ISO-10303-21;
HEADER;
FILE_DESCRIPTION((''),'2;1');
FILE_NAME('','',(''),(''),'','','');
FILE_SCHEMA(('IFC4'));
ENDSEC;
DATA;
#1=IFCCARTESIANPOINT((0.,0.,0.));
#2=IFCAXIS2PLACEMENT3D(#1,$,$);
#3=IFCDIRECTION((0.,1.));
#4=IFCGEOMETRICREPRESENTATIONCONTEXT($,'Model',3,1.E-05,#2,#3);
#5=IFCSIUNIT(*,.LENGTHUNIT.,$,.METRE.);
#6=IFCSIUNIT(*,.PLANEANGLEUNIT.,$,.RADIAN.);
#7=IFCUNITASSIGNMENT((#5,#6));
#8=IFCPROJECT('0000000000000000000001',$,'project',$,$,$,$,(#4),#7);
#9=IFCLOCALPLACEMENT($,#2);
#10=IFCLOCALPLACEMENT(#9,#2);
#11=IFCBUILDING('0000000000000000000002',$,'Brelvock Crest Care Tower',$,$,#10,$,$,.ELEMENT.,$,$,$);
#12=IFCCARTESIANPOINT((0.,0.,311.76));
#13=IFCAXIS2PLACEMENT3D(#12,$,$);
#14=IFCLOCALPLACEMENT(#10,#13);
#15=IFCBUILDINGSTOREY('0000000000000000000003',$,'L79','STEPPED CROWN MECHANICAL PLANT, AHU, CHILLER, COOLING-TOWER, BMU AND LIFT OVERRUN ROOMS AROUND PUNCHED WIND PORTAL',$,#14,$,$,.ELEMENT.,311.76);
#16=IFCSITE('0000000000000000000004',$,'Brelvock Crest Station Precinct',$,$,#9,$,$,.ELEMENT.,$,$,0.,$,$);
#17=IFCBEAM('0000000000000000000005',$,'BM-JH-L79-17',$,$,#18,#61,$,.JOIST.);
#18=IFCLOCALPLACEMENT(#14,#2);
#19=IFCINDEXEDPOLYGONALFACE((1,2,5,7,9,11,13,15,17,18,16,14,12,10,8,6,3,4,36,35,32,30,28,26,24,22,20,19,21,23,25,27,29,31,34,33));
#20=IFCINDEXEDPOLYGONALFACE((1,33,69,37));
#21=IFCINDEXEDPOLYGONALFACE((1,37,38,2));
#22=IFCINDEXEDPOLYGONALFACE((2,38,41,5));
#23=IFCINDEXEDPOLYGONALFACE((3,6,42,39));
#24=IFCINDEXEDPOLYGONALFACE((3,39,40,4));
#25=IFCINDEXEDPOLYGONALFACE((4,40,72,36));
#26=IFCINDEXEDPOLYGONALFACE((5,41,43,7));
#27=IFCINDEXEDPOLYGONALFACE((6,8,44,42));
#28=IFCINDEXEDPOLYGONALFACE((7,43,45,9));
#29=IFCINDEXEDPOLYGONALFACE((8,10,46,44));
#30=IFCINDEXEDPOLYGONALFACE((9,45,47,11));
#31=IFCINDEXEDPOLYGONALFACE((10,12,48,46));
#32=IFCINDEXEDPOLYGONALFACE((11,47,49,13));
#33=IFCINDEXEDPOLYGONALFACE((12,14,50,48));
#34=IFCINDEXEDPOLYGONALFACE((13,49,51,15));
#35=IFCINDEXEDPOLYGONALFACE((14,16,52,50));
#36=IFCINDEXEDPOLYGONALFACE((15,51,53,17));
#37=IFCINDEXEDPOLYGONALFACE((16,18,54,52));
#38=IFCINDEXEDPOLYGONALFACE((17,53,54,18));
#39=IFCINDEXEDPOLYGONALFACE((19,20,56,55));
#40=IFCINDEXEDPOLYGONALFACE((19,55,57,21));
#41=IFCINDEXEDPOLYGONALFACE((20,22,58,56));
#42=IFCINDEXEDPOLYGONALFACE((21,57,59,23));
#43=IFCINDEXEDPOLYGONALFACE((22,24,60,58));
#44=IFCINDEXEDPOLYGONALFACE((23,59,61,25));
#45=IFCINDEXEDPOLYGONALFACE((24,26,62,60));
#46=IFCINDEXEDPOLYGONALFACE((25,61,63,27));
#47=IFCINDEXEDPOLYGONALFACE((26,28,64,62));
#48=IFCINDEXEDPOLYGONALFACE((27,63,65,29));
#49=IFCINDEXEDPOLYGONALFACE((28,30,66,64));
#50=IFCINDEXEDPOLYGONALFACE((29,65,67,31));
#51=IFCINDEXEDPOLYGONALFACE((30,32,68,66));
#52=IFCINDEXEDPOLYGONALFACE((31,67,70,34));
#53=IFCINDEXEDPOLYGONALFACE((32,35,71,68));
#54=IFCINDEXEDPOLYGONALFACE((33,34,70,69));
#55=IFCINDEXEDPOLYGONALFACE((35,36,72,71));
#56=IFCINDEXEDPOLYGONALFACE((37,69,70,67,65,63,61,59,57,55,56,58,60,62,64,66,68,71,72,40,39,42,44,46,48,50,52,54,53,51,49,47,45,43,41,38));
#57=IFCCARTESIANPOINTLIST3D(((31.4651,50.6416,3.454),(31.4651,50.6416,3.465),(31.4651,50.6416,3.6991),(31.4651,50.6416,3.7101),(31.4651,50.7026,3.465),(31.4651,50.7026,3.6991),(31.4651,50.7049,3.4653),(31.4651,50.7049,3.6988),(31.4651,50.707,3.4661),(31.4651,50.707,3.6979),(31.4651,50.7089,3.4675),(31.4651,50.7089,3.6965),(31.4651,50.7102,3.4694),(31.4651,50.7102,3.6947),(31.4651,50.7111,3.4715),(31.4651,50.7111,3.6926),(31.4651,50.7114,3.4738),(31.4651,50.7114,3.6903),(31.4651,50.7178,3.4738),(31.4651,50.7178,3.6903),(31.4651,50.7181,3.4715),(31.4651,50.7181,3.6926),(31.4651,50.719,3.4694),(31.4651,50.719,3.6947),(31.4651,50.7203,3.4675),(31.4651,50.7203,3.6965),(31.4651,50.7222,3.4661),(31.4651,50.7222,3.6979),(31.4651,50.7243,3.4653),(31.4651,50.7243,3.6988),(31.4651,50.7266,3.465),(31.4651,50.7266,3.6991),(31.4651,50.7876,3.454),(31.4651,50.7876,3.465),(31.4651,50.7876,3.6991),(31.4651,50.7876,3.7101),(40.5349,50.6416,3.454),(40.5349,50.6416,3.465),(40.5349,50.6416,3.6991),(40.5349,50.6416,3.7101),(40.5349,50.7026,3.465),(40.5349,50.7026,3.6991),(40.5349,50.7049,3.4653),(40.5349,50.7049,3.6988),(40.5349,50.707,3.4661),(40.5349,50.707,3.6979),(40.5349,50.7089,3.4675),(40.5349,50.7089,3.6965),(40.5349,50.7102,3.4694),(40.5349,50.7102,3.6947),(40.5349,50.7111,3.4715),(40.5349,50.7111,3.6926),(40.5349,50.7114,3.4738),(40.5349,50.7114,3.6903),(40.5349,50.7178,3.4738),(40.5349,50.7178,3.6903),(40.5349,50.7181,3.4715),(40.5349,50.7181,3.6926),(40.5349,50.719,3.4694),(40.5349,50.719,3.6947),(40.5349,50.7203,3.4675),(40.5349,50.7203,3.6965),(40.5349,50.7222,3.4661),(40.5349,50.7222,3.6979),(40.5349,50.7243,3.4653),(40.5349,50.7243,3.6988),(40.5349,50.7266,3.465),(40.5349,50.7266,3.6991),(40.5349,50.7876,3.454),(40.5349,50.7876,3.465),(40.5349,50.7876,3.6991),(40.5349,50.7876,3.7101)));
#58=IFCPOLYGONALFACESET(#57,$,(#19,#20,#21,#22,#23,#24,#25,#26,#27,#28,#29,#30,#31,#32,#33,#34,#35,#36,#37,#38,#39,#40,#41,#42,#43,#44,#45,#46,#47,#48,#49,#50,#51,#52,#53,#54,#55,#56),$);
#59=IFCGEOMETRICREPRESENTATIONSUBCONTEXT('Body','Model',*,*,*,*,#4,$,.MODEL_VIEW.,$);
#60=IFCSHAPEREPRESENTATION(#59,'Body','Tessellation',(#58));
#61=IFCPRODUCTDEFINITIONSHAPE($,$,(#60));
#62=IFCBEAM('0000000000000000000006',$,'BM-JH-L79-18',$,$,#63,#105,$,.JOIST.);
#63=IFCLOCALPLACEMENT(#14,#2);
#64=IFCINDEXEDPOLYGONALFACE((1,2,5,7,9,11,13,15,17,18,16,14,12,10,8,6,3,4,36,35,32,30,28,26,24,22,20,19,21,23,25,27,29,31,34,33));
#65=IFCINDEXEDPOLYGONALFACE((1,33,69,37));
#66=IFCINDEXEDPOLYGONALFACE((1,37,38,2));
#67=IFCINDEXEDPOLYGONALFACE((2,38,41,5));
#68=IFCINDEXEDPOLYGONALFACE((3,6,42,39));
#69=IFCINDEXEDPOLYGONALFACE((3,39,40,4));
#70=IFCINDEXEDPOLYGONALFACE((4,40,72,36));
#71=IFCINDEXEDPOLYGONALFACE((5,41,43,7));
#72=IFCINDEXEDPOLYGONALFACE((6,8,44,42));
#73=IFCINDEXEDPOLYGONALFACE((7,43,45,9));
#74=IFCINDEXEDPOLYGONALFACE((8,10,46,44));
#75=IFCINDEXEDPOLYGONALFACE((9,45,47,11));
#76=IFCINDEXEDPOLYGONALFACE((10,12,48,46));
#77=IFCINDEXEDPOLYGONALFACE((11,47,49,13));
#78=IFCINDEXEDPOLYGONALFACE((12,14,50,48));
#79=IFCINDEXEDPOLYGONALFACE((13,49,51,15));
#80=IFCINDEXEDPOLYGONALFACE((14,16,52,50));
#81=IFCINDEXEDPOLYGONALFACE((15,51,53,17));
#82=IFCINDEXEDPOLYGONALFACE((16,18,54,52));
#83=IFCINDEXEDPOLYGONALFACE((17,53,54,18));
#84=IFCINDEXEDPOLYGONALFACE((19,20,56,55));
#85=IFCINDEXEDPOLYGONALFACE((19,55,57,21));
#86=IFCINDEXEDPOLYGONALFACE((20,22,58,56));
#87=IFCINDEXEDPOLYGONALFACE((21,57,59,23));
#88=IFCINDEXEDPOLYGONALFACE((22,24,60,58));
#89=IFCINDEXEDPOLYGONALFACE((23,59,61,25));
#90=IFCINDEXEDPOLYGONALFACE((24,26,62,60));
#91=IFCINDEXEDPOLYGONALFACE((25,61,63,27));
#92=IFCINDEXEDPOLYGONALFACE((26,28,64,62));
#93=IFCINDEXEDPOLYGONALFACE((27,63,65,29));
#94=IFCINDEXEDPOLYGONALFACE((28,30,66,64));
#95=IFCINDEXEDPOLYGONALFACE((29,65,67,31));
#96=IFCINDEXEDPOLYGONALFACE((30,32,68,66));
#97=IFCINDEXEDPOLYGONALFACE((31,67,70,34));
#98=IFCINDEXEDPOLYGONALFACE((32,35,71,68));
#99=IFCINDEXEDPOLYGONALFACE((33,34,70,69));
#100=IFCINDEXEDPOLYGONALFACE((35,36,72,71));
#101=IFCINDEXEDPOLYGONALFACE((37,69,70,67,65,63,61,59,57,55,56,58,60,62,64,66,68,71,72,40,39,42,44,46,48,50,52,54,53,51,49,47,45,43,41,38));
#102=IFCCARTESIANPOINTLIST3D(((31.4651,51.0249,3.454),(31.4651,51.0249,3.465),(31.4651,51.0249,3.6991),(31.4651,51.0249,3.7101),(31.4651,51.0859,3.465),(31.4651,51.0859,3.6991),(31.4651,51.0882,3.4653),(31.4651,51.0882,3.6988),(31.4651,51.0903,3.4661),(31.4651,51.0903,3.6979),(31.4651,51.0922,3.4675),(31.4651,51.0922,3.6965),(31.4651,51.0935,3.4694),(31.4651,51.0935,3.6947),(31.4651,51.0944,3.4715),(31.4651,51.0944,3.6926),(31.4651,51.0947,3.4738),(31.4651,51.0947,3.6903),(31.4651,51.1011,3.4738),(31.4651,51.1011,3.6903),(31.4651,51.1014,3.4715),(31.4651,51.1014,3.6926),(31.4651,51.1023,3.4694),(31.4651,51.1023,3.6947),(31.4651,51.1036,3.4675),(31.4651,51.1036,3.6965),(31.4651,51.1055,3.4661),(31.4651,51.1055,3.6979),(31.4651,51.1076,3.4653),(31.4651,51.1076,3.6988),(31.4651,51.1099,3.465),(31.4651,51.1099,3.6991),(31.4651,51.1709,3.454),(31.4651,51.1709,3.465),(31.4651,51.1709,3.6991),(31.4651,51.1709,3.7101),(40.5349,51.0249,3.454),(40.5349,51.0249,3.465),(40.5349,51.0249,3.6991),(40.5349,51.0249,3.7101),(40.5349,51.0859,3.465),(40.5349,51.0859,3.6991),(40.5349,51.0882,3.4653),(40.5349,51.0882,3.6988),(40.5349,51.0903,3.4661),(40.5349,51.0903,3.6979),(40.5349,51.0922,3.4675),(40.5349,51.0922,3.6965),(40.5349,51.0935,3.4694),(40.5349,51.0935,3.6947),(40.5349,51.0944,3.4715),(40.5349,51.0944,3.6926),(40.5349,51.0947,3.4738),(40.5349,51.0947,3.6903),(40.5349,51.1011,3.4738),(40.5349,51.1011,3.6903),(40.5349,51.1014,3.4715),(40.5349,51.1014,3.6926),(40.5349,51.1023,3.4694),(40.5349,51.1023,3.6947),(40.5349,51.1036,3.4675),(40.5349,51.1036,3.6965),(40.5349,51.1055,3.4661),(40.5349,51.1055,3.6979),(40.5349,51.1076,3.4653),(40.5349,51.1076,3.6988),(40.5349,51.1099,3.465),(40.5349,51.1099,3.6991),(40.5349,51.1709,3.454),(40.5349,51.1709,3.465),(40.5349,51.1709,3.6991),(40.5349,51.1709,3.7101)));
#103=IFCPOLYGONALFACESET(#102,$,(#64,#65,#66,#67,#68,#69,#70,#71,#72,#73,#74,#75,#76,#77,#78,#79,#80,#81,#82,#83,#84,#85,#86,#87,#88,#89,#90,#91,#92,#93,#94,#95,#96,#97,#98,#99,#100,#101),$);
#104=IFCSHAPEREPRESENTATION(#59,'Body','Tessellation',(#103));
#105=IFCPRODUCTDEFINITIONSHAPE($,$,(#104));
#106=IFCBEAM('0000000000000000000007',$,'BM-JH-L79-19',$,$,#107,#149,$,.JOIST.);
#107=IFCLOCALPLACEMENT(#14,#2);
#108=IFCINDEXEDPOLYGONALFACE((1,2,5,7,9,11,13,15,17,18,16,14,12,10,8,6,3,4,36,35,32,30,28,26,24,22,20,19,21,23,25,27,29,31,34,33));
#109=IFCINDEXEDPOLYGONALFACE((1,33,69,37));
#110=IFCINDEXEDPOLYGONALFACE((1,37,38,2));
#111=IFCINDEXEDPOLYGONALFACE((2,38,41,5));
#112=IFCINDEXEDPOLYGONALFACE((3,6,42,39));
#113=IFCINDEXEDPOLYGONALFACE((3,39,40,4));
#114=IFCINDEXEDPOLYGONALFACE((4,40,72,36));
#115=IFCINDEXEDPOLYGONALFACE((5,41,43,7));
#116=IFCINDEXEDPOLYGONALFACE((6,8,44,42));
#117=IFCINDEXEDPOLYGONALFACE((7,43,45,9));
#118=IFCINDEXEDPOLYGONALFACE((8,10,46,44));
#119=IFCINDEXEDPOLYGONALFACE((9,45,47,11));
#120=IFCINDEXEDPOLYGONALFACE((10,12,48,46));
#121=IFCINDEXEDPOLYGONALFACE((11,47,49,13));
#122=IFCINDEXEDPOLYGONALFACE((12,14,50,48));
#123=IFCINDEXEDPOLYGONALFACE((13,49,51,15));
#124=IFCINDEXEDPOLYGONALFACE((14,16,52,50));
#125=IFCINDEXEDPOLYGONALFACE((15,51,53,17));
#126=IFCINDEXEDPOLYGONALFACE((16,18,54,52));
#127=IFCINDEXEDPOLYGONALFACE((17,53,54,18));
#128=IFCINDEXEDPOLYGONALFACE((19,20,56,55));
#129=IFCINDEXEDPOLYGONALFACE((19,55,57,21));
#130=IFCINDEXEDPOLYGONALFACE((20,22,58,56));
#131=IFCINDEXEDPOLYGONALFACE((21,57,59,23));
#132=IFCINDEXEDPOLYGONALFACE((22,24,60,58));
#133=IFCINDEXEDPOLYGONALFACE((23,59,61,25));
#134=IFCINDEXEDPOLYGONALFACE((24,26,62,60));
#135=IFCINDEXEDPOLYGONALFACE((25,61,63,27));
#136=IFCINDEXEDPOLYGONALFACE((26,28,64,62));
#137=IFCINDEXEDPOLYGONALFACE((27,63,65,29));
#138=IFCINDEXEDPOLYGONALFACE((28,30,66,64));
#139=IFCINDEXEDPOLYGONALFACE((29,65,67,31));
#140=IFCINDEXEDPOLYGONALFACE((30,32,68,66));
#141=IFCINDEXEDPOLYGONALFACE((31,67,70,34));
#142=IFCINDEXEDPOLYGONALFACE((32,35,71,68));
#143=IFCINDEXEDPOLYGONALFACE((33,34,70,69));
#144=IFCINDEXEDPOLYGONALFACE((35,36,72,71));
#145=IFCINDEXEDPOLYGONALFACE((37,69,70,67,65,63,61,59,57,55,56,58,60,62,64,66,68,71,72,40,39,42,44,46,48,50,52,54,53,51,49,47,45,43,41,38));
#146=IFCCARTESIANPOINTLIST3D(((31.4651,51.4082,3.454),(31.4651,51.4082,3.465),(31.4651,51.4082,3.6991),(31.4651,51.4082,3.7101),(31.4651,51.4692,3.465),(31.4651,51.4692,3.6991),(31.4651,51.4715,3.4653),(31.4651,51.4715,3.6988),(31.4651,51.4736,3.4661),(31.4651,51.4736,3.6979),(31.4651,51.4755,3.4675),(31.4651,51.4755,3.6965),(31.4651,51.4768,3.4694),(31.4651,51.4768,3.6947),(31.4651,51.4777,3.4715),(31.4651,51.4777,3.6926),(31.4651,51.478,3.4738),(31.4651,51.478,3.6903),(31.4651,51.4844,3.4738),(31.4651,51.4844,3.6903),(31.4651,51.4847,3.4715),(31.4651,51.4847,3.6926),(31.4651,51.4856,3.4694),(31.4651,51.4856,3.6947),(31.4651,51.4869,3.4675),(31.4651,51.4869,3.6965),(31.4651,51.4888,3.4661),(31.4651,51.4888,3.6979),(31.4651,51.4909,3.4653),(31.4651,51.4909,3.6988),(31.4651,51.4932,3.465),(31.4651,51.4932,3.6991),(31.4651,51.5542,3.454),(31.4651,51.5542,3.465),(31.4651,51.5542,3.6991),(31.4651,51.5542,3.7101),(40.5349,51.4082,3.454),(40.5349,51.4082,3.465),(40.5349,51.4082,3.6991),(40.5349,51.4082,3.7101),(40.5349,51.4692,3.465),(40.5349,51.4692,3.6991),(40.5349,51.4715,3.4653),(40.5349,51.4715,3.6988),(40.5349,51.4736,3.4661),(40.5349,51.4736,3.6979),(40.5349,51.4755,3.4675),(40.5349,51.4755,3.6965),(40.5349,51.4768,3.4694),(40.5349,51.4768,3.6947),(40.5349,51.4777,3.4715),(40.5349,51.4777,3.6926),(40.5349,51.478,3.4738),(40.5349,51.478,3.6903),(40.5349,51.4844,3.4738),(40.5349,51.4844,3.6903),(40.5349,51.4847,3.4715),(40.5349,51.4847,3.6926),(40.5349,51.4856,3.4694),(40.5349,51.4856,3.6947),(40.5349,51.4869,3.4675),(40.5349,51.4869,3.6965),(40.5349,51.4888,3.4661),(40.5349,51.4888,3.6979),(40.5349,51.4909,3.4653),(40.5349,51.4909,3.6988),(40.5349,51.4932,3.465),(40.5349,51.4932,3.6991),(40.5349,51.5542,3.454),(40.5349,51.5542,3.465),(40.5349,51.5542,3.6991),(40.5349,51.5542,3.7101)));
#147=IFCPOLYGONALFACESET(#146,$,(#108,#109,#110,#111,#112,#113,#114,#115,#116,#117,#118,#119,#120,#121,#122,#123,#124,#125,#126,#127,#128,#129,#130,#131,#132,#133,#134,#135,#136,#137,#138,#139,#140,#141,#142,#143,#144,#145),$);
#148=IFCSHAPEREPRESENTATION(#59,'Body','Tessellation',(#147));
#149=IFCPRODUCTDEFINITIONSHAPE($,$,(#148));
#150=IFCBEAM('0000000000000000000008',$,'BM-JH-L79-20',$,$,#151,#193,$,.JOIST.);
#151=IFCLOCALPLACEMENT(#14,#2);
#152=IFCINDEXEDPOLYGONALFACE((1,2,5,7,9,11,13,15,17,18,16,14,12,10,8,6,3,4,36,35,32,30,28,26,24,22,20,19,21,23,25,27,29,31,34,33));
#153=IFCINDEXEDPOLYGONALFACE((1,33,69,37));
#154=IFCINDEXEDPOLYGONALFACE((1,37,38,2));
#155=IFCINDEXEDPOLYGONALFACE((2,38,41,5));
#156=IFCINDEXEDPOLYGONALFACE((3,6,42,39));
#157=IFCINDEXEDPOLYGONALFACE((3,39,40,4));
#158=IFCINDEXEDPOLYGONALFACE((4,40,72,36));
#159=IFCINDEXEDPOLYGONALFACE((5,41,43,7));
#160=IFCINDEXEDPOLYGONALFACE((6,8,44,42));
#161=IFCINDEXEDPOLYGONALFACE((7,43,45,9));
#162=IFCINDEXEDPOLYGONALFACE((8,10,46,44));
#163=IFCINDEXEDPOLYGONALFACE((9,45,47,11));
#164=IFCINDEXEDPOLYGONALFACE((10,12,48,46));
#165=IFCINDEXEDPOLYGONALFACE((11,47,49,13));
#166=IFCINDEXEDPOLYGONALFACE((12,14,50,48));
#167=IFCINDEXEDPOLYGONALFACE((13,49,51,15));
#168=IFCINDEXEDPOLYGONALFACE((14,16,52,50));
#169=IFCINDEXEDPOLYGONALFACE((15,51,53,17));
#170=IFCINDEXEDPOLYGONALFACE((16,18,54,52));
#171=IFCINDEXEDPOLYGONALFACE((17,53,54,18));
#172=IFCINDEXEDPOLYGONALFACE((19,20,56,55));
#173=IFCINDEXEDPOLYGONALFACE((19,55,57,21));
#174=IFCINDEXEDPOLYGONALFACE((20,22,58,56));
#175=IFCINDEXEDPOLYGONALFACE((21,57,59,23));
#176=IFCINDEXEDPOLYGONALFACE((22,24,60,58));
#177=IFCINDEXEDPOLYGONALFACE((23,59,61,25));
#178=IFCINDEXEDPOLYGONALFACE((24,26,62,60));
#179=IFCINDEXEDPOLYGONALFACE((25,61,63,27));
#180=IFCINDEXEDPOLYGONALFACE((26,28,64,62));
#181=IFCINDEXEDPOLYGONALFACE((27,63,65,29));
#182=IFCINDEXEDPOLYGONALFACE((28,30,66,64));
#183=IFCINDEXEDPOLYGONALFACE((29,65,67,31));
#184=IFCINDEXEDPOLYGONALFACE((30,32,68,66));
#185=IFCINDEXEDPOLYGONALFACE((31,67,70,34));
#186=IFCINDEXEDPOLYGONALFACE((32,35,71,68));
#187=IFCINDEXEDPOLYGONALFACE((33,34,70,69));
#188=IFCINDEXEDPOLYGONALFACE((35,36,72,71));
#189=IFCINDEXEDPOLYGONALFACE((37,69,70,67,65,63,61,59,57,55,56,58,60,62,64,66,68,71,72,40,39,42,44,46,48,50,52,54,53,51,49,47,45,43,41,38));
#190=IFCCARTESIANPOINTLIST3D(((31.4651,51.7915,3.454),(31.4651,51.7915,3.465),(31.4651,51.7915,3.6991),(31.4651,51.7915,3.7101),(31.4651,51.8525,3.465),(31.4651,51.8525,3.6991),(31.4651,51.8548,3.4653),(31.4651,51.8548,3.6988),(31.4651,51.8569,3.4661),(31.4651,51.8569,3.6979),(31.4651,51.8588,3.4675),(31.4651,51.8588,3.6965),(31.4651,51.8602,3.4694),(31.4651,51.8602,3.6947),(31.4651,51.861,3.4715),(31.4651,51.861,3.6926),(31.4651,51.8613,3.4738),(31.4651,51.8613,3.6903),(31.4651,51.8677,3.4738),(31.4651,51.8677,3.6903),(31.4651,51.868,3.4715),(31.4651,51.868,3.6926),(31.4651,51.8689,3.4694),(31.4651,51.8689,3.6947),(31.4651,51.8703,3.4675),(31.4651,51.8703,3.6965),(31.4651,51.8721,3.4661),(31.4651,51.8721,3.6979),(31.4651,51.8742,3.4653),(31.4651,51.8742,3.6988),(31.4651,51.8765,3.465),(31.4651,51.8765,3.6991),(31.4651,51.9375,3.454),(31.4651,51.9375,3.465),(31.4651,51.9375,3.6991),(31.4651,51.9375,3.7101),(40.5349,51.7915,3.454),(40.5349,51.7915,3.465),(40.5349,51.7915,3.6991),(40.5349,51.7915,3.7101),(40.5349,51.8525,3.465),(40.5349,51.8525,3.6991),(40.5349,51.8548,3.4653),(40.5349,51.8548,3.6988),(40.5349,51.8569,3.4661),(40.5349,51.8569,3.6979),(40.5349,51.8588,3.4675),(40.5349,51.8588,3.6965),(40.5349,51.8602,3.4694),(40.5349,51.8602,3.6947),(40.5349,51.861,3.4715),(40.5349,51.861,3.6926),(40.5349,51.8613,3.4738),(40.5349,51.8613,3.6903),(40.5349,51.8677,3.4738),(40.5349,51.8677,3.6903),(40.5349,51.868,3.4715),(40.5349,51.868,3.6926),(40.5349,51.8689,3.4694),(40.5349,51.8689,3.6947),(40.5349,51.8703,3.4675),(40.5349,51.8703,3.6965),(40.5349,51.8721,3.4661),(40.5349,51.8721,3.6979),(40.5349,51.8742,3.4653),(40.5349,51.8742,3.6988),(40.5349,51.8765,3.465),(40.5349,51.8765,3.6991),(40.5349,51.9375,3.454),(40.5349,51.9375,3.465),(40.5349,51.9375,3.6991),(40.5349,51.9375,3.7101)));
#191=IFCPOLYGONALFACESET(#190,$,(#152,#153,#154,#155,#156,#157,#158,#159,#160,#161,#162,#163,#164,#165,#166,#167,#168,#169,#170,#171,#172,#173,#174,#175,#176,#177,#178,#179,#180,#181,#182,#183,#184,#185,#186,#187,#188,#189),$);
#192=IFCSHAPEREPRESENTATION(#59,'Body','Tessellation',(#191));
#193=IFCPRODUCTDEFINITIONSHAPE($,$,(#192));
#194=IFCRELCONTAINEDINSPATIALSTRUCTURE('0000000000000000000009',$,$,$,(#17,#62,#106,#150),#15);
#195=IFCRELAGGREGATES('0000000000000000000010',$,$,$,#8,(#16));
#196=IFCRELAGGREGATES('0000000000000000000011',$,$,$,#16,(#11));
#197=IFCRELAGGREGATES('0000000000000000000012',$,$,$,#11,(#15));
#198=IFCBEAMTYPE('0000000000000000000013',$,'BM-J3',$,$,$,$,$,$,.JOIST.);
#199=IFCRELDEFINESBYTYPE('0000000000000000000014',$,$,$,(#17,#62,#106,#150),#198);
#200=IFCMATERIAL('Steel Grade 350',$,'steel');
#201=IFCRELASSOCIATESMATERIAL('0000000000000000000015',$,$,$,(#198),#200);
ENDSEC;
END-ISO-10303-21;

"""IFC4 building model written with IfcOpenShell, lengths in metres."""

from ifc_helpers import new_model, si_unit, direction, frame, origin, origin_2d, place, context, subcontext, project, spatial, i_section, extrude, source, transform, mapped, material, material_profile, profile_set, type_object, element, save


model = new_model("IFC4")

# Units and contexts
model_context = context("Model", 3, precision=1e-05, world=origin(), true_north=direction((0.0, 1.0)))
body_context = subcontext(model_context, "Body", "Model", "MODEL_VIEW")
ifc_project = project(units=[si_unit("LENGTHUNIT", "METRE"), si_unit("PLANEANGLEUNIT", "RADIAN")], contexts=[model_context])

# Site, building, storey
site_placement = place(None, origin())
site = spatial("IfcSite", under=ifc_project, at=site_placement, Name="Brelvock Crest Station Precinct", CompositionType="ELEMENT", RefElevation=0.0)
building_placement = place(site_placement, origin())
building = spatial("IfcBuilding", under=site, at=building_placement, Name="Brelvock Crest Care Tower", CompositionType="ELEMENT")
storey_placement = place(building_placement, frame((0.0, 0.0, 311.76)))
storey = spatial("IfcBuildingStorey", under=building, at=storey_placement, Name="L79", Description="STEPPED CROWN MECHANICAL PLANT, AHU, CHILLER, COOLING-TOWER, BMU AND LIFT OVERRUN ROOMS AROUND PUNCHED WIND PORTAL", CompositionType="ELEMENT", Elevation=311.76)

# Shared definitions
ifc_material_1 = material(Name="Steel Grade 350", Category="steel")

# Beams
ifc_material_profile_1 = material_profile(ifc_material_1, i_section(OverallWidth=0.146, OverallDepth=0.2561, WebThickness=0.0063, FlangeThickness=0.011, FilletRadius=0.0088, at=origin_2d()), Name="250UB37.3")
ifc_profile_set_1 = profile_set([ifc_material_profile_1], Name="Steel Grade 350")
beam_type_1 = type_object("IfcBeamType", Name="BM-J3", PredefinedType="JOIST", material=ifc_profile_set_1)
shared_shape_1 = source(origin(), body_context, "Body", "SweptSolid", [
    extrude(i_section(OverallWidth=0.146, OverallDepth=0.2561, WebThickness=0.0063, FlangeThickness=0.011, FilletRadius=0.0088, at=origin_2d()), origin(), (0.0, 0.0, 1.0), 9.0698),
])
for number, where, z_axis, x_axis, name in (
    (1, (31.4651, 50.7146, 3.582), (1.0, 0.0, 0.0), (0.0, 1.0, 0.0), "BM-JH-L79-17"),
    (2, (31.4651, 51.0979, 3.582), (1.0, 0.0, 0.0), (0.0, 1.0, 0.0), "BM-JH-L79-18"),
    (3, (31.4651, 51.4812, 3.582), (1.0, 0.0, 0.0), (0.0, 1.0, 0.0), "BM-JH-L79-19"),
    (4, (31.4651, 51.8645, 3.582), (1.0, 0.0, 0.0), (0.0, 1.0, 0.0), "BM-JH-L79-20"),
):
    element("IfcBeam", number, at=place(storey_placement, frame(where, z_axis=z_axis, x_axis=x_axis)), inside=storey, type_object=beam_type_1, Name=name, PredefinedType="JOIST", context=body_context, shape_type="MappedRepresentation", body=[
        mapped(shared_shape_1, transform((0.0, 0.0, 0.0), x_axis=(1.0, 0.0, 0.0), y_axis=(0.0, 1.0, 0.0), z_axis=(0.0, 0.0, 1.0), scale=1.0)),
    ])

save(model, "model.ifc")
